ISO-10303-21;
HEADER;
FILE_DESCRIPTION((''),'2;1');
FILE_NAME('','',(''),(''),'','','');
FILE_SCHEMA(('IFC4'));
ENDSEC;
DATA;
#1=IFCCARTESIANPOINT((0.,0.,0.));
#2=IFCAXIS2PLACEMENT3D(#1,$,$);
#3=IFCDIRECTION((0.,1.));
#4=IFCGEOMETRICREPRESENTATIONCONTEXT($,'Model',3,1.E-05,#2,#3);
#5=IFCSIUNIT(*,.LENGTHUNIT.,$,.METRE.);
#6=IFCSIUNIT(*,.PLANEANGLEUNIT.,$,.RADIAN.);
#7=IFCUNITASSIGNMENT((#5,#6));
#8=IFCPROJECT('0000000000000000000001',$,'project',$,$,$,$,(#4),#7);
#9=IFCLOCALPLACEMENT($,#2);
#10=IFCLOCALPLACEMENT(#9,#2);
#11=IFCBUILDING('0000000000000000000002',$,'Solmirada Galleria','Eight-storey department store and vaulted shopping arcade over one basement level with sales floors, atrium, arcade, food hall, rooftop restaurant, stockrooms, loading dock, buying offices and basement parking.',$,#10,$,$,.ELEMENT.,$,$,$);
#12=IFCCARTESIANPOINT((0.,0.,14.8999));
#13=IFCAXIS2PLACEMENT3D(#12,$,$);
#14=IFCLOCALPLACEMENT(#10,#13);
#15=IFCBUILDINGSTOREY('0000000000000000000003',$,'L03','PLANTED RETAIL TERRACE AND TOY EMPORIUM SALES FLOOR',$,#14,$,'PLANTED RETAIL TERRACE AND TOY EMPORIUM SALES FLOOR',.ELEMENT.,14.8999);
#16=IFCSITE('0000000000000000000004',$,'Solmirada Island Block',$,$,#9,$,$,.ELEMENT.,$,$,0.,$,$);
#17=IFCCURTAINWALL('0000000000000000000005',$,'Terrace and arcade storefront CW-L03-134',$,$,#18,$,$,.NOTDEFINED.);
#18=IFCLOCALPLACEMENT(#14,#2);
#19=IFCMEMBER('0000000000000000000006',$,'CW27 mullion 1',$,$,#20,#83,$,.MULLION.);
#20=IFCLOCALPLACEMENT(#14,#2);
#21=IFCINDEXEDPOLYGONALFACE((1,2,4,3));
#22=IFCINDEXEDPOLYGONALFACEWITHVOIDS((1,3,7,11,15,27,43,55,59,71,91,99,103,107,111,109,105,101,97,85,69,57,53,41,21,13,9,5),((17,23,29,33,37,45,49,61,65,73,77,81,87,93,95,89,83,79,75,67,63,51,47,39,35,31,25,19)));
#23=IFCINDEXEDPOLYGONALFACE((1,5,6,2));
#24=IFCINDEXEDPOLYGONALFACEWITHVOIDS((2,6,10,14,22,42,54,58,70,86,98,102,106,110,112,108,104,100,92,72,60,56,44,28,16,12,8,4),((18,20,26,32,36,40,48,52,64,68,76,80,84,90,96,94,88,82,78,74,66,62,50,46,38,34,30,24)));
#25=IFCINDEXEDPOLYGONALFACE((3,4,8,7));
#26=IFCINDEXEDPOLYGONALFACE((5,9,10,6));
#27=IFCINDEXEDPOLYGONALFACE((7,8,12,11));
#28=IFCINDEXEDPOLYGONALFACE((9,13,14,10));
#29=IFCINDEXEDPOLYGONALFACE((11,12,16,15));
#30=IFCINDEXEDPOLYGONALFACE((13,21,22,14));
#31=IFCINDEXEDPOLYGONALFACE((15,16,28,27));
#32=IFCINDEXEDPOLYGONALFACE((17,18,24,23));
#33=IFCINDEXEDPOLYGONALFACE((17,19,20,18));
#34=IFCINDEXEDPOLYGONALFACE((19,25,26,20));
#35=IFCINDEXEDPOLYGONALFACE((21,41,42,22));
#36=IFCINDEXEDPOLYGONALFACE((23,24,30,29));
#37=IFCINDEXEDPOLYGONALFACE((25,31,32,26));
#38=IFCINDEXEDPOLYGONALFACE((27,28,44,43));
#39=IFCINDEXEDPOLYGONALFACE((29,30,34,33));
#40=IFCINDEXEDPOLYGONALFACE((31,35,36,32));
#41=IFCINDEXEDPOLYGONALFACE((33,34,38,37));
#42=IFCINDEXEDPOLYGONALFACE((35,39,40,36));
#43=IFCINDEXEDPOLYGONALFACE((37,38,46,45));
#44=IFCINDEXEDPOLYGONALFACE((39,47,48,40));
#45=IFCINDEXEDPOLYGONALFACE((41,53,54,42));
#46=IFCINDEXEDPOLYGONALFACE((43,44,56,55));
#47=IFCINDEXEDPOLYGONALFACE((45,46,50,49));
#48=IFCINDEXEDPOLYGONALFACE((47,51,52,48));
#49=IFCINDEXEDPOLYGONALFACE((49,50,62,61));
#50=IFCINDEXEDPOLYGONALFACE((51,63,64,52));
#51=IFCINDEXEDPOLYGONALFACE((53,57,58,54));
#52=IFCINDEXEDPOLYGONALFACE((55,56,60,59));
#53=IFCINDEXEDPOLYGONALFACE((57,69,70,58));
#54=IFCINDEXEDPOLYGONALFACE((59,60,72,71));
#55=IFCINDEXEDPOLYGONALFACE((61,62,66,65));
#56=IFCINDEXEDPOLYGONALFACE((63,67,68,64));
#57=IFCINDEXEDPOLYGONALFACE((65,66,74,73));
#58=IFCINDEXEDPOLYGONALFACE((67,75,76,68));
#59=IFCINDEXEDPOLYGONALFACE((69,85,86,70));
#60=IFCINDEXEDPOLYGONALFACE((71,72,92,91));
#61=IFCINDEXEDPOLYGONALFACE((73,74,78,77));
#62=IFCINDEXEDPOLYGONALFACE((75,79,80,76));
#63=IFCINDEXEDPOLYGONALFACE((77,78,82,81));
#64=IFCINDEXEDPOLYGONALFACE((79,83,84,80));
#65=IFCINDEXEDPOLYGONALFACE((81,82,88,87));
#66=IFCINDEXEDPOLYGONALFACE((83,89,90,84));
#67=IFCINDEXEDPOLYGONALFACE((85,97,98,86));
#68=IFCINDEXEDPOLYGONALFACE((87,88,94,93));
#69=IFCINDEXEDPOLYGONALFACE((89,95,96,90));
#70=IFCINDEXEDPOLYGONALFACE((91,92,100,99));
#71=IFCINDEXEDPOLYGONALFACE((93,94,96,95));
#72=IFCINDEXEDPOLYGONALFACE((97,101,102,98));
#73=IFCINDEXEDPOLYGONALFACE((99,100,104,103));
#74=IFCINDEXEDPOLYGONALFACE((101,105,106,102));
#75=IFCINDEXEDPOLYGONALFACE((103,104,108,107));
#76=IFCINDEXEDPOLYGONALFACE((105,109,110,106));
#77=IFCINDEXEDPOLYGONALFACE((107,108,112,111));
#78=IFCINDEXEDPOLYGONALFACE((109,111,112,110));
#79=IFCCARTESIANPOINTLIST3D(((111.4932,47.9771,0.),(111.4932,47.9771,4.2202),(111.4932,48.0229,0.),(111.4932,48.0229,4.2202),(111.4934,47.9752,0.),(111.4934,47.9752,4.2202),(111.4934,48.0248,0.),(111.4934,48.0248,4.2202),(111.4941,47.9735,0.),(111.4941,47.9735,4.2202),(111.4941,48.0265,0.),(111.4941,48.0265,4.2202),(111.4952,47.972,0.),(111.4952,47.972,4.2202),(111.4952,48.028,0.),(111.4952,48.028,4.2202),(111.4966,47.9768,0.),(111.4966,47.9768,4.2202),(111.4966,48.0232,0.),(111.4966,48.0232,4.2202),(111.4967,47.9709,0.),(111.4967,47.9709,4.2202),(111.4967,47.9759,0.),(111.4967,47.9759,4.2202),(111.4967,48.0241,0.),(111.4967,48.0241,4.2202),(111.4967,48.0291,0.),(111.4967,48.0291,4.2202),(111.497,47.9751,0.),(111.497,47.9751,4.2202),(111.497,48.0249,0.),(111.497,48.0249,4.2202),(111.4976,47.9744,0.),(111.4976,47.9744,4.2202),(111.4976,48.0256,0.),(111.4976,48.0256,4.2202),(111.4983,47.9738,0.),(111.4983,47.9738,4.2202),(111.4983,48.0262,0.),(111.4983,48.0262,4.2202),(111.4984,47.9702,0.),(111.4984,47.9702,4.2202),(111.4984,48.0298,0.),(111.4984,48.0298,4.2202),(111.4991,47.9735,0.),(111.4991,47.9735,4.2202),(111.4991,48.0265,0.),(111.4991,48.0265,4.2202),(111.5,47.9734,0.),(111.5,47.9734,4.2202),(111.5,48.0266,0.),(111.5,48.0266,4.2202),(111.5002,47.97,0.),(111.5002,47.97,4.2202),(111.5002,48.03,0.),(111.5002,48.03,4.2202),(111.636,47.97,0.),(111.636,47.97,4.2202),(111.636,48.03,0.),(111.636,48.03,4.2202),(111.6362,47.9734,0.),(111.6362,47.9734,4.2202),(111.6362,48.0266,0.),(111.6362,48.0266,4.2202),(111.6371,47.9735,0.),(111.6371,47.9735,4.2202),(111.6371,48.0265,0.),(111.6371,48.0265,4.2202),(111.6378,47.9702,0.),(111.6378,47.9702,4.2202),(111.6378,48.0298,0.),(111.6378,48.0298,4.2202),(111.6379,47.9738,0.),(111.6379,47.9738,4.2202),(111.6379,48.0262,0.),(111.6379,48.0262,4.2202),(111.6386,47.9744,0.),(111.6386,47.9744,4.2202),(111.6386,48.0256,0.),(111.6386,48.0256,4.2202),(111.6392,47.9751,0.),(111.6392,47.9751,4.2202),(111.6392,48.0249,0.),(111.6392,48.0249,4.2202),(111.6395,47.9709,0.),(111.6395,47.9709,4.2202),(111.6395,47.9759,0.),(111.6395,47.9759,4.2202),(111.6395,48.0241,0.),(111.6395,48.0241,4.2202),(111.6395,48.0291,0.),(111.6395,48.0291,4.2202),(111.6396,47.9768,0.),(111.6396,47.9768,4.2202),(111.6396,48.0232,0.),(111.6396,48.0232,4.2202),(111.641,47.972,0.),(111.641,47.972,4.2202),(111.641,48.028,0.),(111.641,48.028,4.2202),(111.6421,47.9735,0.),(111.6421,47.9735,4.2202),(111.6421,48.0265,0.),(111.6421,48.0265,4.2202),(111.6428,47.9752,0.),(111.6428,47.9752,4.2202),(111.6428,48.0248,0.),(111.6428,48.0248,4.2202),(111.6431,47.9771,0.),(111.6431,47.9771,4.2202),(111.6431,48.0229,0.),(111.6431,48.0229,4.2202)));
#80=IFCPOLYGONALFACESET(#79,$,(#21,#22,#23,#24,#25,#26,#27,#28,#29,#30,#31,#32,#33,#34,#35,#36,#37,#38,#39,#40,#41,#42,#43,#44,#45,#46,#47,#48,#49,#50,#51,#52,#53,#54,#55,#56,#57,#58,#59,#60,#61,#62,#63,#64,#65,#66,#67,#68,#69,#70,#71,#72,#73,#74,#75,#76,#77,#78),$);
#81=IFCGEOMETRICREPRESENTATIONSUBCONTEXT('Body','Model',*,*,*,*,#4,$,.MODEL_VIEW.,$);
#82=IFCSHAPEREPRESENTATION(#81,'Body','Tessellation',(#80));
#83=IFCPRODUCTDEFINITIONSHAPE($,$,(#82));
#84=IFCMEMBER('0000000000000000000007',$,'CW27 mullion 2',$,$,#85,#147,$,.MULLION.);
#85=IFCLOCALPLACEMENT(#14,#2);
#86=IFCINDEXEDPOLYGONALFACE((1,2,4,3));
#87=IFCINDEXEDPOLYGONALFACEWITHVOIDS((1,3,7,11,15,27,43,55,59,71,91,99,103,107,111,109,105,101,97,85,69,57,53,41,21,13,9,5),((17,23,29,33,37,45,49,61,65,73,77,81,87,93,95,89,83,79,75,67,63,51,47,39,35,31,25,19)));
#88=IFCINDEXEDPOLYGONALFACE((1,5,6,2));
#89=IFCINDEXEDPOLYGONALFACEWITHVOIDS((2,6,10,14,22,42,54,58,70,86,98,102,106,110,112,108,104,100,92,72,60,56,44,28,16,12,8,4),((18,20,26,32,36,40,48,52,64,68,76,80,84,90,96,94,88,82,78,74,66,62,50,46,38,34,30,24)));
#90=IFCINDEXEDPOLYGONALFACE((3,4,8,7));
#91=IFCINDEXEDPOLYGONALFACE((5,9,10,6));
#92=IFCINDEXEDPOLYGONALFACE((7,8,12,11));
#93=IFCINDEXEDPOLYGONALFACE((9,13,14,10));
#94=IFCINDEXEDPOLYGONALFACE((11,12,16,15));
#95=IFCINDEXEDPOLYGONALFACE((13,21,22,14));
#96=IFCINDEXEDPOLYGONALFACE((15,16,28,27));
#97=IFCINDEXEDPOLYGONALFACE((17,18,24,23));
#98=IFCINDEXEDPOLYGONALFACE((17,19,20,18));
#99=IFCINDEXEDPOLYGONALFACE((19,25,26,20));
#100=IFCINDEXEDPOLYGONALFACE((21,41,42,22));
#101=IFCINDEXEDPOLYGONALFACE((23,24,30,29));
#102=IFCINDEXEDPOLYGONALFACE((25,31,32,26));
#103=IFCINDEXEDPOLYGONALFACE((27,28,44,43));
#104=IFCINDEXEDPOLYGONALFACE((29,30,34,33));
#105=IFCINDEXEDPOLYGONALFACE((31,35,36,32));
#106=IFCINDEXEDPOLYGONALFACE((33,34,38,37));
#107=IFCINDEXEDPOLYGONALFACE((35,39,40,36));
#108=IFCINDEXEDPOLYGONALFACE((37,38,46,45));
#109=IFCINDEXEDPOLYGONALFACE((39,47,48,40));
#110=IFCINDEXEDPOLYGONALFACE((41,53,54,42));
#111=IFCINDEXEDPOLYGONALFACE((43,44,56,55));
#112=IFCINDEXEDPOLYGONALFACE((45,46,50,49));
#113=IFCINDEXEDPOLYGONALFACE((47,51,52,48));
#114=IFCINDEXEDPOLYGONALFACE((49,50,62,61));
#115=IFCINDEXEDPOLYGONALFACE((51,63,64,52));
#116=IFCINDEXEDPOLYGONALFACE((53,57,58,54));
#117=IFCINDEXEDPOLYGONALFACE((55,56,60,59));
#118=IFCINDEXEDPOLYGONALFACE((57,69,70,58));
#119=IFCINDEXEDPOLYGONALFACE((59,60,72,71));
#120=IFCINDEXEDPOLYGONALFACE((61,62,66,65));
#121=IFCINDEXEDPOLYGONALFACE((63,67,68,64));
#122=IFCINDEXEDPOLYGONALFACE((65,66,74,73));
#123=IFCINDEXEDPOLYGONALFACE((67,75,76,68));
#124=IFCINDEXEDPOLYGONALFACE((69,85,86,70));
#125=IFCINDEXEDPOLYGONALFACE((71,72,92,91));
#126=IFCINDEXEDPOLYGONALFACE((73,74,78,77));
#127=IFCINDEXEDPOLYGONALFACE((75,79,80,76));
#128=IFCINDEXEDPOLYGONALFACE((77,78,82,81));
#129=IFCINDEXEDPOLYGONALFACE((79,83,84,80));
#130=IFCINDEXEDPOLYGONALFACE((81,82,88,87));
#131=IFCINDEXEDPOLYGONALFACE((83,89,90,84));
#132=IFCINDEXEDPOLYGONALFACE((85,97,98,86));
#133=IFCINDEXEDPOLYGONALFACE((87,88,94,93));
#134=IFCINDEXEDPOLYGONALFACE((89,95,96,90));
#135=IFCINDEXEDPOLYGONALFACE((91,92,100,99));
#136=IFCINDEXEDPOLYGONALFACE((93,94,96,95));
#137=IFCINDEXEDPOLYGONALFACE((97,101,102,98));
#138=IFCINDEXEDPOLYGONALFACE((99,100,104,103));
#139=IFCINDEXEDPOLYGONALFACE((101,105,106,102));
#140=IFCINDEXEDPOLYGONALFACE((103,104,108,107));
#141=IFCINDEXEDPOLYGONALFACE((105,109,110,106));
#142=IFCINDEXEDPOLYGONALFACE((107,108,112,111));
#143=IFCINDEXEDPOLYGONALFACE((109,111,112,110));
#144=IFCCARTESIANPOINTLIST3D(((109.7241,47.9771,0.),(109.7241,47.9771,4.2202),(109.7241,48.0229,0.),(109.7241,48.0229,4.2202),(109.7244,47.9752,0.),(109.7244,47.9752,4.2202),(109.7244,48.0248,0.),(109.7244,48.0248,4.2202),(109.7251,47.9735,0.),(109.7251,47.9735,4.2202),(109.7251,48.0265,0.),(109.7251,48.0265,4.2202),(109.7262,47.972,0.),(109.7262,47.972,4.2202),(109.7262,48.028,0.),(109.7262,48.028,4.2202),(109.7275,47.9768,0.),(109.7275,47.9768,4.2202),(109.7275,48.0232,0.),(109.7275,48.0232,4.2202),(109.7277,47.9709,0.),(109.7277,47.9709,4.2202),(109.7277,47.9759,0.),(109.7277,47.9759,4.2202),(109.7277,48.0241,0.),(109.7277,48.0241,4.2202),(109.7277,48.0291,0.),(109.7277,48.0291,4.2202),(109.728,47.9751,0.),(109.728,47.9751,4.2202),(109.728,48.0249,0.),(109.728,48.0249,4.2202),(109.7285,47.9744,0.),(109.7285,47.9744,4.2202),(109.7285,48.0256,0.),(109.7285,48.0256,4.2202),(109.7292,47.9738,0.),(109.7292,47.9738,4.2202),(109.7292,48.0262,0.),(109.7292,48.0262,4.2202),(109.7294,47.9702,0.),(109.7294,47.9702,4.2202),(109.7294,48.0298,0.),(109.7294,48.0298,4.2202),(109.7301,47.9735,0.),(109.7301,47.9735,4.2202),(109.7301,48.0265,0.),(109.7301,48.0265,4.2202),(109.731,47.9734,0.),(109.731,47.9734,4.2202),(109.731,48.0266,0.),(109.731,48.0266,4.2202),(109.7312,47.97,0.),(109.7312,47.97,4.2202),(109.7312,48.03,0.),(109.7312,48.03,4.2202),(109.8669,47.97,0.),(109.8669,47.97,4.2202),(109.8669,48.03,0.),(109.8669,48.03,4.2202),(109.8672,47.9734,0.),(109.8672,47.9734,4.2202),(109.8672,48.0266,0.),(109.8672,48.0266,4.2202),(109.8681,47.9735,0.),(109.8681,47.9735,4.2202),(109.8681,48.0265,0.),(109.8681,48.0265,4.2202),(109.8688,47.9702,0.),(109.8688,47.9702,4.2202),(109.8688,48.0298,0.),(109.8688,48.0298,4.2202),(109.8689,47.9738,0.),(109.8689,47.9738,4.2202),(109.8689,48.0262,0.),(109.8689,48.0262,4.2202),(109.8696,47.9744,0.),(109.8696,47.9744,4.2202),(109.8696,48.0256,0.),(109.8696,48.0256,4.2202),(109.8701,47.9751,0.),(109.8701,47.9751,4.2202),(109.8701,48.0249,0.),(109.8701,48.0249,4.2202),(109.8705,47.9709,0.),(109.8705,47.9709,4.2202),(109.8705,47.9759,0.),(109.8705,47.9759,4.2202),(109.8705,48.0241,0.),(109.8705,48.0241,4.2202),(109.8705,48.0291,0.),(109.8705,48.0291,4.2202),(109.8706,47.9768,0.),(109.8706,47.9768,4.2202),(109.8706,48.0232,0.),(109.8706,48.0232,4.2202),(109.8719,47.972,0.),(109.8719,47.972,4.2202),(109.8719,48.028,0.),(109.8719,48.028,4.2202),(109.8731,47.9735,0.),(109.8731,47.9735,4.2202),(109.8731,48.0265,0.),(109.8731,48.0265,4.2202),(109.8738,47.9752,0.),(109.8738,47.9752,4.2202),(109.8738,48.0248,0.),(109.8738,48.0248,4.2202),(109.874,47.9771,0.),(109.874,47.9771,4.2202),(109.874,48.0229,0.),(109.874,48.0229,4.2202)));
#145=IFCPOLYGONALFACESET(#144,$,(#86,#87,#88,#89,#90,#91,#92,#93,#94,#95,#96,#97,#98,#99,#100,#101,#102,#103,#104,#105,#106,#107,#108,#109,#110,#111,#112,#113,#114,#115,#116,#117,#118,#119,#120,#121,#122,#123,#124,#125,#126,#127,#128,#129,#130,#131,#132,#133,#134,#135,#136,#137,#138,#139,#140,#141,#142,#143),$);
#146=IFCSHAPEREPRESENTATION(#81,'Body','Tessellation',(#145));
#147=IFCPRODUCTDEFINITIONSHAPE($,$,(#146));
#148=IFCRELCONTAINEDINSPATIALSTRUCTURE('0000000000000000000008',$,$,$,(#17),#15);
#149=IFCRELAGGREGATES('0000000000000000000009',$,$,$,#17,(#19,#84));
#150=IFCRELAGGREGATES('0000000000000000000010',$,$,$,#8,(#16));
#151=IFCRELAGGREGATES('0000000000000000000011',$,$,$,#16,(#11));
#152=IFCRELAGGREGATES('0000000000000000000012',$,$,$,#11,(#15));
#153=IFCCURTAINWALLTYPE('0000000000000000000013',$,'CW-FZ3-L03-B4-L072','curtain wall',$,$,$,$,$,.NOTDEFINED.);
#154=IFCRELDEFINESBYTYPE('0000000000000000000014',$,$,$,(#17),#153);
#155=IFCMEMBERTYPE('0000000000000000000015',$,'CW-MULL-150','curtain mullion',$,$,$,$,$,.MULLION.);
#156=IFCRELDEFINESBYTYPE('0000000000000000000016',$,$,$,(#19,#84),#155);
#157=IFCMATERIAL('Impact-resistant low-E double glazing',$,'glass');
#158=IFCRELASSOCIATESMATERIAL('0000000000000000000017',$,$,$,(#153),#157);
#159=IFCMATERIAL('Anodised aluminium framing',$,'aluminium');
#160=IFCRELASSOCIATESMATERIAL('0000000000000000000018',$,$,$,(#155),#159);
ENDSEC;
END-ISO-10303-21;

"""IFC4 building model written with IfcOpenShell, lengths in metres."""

from ifc_helpers import new_model, si_unit, direction, frame, origin, origin_2d, place, context, subcontext, project, spatial, hollow_rectangle, extrude, material, material_profile, profile_set, type_object, element, aggregate, save


model = new_model("IFC4")

# Units and contexts
model_context = context("Model", 3, precision=1e-05, world=origin(), true_north=direction((0.0, 1.0)))
body_context = subcontext(model_context, "Body", "Model", "MODEL_VIEW")
ifc_project = project(units=[si_unit("LENGTHUNIT", "METRE"), si_unit("PLANEANGLEUNIT", "RADIAN")], contexts=[model_context])

# Site, building, storey
site_placement = place(None, origin())
site = spatial("IfcSite", under=ifc_project, at=site_placement, Name="Solmirada Island Block", CompositionType="ELEMENT", RefElevation=0.0)
building_placement = place(site_placement, origin())
building = spatial("IfcBuilding", under=site, at=building_placement, Name="Solmirada Galleria", Description="Eight-storey department store and vaulted shopping arcade over one basement level with sales floors, atrium, arcade, food hall, rooftop restaurant, stockrooms, loading dock, buying offices and basement parking.", CompositionType="ELEMENT")
storey_placement = place(building_placement, frame((0.0, 0.0, 14.8999)))
storey = spatial("IfcBuildingStorey", under=building, at=storey_placement, Name="L03", Description="PLANTED RETAIL TERRACE AND TOY EMPORIUM SALES FLOOR", LongName="PLANTED RETAIL TERRACE AND TOY EMPORIUM SALES FLOOR", CompositionType="ELEMENT", Elevation=14.8999)

# Curtain wall, members
ifc_material_1 = material(Name="Impact-resistant low-E double glazing", Category="glass")
curtain_wall_type = type_object("IfcCurtainWallType", Name="CW-FZ3-L03-B4-L072", Description="curtain wall", PredefinedType="NOTDEFINED", material=ifc_material_1)
ifc_material_2 = material(Name="Anodised aluminium framing", Category="aluminium")
ifc_material_profile_1 = material_profile(ifc_material_2, hollow_rectangle(XDim=0.0601, YDim=0.1499, WallThickness=0.0034, InnerFilletRadius=0.0034, OuterFilletRadius=0.0071, at=origin_2d()), Name="ALU-MULL-150X60")
ifc_profile_set_1 = profile_set([ifc_material_profile_1], Name="Anodised aluminium framing")
member_type_1 = type_object("IfcMemberType", Name="CW-MULL-150", Description="curtain mullion", PredefinedType="MULLION", material=ifc_profile_set_1)
curtain_wall_1_placement = place(storey_placement, origin())
curtain_wall_1 = element("IfcCurtainWall", 1, at=curtain_wall_1_placement, inside=storey, type_object=curtain_wall_type, Name="Terrace and arcade storefront CW-L03-134", PredefinedType="NOTDEFINED")
member_1_placement = place(storey_placement, frame((111.5681, 48.0, 0.0), z_axis=(0.0, 0.0, 1.0), x_axis=(0.0, -1.0, 0.0)))
member_1 = element("IfcMember", 2, at=member_1_placement, type_object=member_type_1, Name="CW27 mullion 1", PredefinedType="MULLION", context=body_context, shape_type="SweptSolid", body=[
    extrude(hollow_rectangle(XDim=0.0601, YDim=0.1499, WallThickness=0.0034, InnerFilletRadius=0.0034, OuterFilletRadius=0.0071, at=origin_2d()), origin(), (0.0, 0.0, 1.0), 4.2202),
])
member_2_placement = place(storey_placement, frame((109.7991, 48.0, 0.0), z_axis=(0.0, 0.0, 1.0), x_axis=(0.0, -1.0, 0.0)))
member_2 = element("IfcMember", 3, at=member_2_placement, type_object=member_type_1, Name="CW27 mullion 2", PredefinedType="MULLION", context=body_context, shape_type="SweptSolid", body=[
    extrude(hollow_rectangle(XDim=0.0601, YDim=0.1499, WallThickness=0.0034, InnerFilletRadius=0.0034, OuterFilletRadius=0.0071, at=origin_2d()), origin(), (0.0, 0.0, 1.0), 4.2202),
])

aggregate(curtain_wall_1, [member_1, member_2])

save(model, "model.ifc")
